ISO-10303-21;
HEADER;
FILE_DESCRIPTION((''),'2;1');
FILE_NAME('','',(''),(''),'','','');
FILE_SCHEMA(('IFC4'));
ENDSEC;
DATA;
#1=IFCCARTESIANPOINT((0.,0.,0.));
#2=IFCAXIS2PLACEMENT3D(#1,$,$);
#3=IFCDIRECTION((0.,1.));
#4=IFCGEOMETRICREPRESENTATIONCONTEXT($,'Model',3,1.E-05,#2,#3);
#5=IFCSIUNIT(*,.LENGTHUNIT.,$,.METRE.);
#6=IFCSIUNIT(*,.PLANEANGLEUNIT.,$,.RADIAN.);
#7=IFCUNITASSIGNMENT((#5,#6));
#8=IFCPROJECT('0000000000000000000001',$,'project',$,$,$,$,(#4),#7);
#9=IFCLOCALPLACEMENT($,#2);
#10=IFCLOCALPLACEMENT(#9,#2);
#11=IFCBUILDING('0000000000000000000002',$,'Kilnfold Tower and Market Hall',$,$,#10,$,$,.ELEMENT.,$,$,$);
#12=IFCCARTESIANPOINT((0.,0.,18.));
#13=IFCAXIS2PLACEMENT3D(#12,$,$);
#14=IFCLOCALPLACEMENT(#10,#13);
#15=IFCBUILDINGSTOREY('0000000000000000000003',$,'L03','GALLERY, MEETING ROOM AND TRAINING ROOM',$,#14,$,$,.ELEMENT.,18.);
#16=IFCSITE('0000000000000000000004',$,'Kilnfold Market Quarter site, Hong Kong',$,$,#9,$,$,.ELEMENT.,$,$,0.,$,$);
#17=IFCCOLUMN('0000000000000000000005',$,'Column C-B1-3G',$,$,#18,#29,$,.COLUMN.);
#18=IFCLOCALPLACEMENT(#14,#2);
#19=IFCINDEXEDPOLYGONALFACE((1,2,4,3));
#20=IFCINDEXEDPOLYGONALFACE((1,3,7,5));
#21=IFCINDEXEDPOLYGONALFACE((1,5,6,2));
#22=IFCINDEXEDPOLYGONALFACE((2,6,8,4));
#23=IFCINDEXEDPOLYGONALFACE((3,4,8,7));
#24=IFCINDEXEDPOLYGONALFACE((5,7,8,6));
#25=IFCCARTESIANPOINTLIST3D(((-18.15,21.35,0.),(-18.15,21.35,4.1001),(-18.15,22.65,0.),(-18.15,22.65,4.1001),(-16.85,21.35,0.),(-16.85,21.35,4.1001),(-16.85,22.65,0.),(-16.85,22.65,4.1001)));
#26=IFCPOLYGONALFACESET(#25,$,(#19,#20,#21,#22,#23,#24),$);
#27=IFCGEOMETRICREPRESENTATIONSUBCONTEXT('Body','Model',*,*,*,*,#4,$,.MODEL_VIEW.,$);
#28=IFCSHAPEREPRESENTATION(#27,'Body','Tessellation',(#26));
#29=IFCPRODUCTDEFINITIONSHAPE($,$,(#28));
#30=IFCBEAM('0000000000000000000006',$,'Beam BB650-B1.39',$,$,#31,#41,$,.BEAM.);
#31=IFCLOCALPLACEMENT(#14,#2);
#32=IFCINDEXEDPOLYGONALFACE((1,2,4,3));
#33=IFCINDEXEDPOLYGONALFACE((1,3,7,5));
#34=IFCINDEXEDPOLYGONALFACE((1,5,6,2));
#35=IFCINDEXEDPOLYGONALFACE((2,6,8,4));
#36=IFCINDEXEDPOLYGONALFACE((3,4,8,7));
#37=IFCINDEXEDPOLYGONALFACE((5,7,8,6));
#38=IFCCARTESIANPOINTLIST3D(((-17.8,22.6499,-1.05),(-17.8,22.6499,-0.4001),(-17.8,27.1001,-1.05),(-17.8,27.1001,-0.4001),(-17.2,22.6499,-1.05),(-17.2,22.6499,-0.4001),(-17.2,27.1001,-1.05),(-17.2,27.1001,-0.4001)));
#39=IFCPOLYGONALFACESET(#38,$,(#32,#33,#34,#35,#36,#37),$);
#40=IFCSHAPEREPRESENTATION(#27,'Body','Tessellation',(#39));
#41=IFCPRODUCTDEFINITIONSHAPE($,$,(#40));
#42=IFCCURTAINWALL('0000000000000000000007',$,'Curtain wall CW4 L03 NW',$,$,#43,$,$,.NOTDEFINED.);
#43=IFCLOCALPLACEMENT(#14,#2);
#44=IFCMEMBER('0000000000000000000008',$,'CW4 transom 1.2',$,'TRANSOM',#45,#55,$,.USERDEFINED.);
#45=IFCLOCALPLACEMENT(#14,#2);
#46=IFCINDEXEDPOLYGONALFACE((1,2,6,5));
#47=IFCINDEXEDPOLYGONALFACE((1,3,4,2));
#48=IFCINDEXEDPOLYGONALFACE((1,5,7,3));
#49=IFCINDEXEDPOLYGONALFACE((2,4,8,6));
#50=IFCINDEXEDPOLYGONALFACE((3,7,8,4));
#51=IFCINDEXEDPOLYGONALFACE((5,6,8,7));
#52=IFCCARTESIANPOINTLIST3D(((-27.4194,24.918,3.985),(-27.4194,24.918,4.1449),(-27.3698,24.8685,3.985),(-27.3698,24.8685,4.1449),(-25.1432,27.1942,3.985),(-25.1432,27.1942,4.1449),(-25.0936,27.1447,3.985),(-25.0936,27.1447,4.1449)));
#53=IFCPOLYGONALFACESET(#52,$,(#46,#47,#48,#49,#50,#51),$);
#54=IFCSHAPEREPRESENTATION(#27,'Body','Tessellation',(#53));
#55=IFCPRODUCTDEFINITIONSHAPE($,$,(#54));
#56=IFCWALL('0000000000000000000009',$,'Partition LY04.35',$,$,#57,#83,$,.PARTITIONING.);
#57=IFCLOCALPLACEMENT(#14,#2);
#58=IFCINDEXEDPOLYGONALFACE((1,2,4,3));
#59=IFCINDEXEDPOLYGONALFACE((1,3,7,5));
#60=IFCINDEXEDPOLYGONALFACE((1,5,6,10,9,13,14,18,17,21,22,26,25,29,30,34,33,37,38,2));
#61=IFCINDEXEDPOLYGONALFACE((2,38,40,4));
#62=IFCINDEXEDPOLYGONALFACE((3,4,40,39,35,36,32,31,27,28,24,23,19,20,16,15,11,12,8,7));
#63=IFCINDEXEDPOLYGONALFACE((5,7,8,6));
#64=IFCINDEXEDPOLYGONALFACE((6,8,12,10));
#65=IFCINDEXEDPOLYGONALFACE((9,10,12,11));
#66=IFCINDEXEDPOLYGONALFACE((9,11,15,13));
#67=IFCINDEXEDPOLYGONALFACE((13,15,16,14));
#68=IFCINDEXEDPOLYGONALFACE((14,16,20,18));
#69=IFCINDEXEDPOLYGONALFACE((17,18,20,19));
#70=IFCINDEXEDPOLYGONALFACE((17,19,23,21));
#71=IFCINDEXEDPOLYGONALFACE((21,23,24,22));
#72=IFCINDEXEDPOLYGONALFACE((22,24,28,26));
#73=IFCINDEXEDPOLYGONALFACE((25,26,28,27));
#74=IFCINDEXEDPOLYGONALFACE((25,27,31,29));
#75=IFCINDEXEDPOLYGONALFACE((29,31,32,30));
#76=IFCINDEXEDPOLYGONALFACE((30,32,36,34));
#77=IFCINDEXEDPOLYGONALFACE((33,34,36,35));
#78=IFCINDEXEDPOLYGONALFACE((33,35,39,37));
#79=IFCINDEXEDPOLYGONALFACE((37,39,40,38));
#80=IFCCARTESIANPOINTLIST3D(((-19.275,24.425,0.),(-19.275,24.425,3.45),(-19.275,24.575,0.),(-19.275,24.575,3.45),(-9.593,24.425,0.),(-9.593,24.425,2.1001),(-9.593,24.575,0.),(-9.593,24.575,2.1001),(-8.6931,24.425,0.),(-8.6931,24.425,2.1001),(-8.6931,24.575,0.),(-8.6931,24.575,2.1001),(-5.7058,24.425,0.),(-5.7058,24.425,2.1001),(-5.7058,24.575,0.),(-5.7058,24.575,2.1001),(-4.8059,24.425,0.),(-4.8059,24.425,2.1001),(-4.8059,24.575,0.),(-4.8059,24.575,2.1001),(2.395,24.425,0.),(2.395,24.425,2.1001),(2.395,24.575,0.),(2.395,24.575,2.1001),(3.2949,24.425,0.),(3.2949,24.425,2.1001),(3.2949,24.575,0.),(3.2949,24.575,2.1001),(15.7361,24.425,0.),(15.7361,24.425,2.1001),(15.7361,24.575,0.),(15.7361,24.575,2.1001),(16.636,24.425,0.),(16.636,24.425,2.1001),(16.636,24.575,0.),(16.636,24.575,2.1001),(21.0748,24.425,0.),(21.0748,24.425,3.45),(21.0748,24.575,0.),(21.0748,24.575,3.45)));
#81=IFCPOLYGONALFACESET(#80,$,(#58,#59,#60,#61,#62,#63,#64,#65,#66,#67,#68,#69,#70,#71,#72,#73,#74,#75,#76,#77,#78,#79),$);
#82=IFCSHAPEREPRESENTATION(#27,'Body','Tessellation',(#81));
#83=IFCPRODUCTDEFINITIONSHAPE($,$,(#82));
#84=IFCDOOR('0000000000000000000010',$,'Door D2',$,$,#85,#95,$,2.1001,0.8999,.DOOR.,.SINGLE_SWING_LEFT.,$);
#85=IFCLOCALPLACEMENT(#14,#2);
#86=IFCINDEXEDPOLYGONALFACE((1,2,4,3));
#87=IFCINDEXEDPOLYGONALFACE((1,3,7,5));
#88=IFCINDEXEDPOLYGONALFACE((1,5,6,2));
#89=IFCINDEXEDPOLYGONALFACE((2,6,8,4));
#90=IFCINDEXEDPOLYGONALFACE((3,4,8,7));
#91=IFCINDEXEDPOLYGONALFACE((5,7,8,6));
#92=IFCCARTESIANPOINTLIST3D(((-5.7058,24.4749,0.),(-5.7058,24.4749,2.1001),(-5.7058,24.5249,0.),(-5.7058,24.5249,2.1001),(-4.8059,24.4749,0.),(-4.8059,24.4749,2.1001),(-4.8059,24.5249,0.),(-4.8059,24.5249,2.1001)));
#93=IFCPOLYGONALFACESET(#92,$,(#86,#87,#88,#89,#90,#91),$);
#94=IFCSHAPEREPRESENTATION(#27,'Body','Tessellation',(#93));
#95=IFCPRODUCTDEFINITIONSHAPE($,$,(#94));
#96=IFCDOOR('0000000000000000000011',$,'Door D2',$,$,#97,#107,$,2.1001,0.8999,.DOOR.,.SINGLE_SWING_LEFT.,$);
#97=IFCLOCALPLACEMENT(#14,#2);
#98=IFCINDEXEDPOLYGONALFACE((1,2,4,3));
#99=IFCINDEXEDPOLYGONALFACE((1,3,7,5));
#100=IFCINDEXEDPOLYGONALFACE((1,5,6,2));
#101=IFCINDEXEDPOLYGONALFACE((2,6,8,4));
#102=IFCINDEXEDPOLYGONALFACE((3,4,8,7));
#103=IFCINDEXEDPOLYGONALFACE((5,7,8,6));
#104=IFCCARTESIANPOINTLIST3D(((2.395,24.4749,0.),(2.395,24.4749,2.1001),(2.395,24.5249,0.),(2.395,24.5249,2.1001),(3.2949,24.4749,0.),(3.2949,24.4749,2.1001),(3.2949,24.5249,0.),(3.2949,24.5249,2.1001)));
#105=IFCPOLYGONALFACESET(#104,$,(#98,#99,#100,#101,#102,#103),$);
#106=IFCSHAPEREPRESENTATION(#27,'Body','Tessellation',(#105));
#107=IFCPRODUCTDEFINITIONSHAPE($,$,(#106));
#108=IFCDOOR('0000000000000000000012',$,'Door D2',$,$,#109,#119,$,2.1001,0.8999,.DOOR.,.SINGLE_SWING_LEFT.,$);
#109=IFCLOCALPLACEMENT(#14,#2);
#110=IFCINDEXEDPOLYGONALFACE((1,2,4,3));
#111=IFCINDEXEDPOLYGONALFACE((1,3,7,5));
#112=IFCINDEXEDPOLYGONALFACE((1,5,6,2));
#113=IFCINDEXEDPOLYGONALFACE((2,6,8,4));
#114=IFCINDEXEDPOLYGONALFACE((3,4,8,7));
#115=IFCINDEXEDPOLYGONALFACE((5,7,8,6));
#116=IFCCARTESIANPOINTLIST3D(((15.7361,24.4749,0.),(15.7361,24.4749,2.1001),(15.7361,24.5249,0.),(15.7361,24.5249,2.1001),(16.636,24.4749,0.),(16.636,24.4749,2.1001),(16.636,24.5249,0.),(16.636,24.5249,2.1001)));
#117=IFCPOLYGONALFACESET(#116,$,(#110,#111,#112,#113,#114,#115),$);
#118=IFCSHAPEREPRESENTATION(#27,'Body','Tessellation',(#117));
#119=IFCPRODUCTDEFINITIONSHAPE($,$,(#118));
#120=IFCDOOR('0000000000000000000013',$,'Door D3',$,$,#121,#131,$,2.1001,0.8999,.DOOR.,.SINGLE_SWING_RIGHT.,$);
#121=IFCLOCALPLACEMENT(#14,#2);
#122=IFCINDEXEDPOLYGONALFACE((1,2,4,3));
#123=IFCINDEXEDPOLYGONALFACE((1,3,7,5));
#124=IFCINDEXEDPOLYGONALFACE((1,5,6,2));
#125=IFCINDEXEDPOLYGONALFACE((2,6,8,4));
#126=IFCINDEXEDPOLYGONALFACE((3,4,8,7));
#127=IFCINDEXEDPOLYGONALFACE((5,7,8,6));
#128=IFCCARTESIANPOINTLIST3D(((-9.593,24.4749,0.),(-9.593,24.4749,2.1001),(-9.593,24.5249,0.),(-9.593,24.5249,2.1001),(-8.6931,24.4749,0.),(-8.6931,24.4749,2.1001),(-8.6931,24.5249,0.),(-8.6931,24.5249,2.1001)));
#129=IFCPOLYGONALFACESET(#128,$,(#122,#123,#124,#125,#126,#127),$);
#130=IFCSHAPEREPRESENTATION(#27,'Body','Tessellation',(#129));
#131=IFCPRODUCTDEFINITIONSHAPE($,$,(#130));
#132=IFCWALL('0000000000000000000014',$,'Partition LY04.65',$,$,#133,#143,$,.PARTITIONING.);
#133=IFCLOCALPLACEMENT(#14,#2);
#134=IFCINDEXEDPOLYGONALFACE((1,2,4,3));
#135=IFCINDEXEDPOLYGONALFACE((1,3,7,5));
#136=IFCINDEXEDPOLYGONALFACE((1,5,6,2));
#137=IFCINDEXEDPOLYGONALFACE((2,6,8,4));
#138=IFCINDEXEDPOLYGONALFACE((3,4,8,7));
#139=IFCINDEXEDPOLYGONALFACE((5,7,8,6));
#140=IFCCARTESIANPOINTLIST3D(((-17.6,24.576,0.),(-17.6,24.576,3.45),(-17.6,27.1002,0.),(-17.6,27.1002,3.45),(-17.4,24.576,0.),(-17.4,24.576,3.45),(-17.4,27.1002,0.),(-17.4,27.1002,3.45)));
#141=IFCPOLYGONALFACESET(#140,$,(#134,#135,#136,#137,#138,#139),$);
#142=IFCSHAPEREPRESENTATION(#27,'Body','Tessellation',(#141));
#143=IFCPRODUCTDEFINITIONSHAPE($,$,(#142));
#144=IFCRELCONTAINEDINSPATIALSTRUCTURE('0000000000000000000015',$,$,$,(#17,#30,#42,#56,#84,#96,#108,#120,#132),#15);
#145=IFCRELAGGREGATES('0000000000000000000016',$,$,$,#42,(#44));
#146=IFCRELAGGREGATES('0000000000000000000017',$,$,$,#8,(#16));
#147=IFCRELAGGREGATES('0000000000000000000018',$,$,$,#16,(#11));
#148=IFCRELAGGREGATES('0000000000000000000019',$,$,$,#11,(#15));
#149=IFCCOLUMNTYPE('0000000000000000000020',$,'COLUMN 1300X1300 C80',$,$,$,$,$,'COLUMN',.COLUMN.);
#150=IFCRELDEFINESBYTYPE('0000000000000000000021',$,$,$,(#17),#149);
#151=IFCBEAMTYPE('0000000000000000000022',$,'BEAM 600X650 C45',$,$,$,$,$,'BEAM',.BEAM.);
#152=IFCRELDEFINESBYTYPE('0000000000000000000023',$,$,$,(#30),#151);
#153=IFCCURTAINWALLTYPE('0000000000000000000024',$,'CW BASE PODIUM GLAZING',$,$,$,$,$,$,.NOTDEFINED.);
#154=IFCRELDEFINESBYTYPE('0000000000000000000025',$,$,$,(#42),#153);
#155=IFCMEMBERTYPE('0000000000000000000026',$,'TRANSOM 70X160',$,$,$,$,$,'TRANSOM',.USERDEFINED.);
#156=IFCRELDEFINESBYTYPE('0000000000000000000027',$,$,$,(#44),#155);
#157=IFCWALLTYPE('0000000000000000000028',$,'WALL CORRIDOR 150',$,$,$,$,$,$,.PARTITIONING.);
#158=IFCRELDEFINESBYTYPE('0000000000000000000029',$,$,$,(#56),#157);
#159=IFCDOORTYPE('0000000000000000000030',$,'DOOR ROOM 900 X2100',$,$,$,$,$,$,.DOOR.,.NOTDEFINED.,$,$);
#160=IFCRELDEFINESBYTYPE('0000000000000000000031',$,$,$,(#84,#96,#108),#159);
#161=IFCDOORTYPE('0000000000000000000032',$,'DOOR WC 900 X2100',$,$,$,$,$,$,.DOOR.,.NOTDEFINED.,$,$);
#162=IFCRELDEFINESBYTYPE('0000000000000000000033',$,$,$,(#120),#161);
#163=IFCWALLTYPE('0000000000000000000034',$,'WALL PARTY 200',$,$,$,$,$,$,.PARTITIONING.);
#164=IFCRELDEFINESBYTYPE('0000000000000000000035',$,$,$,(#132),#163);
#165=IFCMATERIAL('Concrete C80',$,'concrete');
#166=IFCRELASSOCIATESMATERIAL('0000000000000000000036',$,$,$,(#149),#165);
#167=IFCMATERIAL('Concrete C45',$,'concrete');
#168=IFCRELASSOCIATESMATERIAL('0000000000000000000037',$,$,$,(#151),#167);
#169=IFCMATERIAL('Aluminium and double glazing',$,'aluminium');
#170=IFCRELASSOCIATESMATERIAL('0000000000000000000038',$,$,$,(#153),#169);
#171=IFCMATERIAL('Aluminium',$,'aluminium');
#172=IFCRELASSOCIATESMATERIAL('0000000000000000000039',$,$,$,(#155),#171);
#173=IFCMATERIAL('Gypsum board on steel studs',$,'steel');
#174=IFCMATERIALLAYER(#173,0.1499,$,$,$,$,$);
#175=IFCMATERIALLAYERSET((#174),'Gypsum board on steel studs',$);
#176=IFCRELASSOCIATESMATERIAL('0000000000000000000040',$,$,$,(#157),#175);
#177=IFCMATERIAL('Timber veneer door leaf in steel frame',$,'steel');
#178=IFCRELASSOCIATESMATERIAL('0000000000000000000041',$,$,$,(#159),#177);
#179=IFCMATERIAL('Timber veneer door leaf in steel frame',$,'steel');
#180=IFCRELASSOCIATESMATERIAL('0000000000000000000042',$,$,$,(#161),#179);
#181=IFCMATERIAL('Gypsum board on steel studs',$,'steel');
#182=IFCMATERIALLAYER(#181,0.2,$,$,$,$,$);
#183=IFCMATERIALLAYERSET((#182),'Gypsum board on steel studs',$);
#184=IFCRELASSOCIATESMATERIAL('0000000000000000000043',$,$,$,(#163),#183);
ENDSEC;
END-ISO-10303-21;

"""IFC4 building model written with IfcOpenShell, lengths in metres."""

from ifc_helpers import new_model, si_unit, direction, frame, frame_2d, origin, origin_2d, place, context, subcontext, project, spatial, rectangle, extrude, source, transform, mapped, material, layer, layer_set, material_profile, profile_set, type_object, element, fill, aggregate, save


model = new_model("IFC4")

# Units and contexts
model_context = context("Model", 3, precision=1e-05, world=origin(), true_north=direction((0.0, 1.0)))
body_context = subcontext(model_context, "Body", "Model", "MODEL_VIEW")
ifc_project = project(units=[si_unit("LENGTHUNIT", "METRE"), si_unit("PLANEANGLEUNIT", "RADIAN")], contexts=[model_context])

# Site, building, storey
site_placement = place(None, origin())
site = spatial("IfcSite", under=ifc_project, at=site_placement, Name="Kilnfold Market Quarter site, Hong Kong", CompositionType="ELEMENT", RefElevation=0.0)
building_placement = place(site_placement, origin())
building = spatial("IfcBuilding", under=site, at=building_placement, Name="Kilnfold Tower and Market Hall", CompositionType="ELEMENT")
storey_placement = place(building_placement, frame((0.0, 0.0, 18.0)))
storey = spatial("IfcBuildingStorey", under=building, at=storey_placement, Name="L03", Description="GALLERY, MEETING ROOM AND TRAINING ROOM", CompositionType="ELEMENT", Elevation=18.0)

# Column
ifc_material_1 = material(Name="Concrete C80", Category="concrete")
ifc_material_profile_1 = material_profile(ifc_material_1, rectangle(XDim=1.3, YDim=1.3, at=origin_2d()), Name="RC 1300x1300")
ifc_profile_set_1 = profile_set([ifc_material_profile_1], Name="Concrete C80")
column_type = type_object("IfcColumnType", Name="COLUMN 1300X1300 C80", ElementType="COLUMN", PredefinedType="COLUMN", material=ifc_profile_set_1)
shared_shape_1 = source(origin(), body_context, "Body", "SweptSolid", [
    extrude(rectangle(XDim=1.3, YDim=1.3, at=origin_2d()), origin(), (0.0, 0.0, 1.0), 4.1001),
])
column_placement = place(storey_placement, frame((-17.5, 22.0, 0.0), z_axis=(0.0, 0.0, 1.0), x_axis=(1.0, 0.0, 0.0)))
element("IfcColumn", 1, at=column_placement, inside=storey, type_object=column_type, Name="Column C-B1-3G", PredefinedType="COLUMN", context=body_context, shape_type="MappedRepresentation", body=[
    mapped(shared_shape_1, transform((0.0, 0.0, 0.0))),
])

# Beam
ifc_material_2 = material(Name="Concrete C45", Category="concrete")
ifc_material_profile_2 = material_profile(ifc_material_2, rectangle(XDim=0.6001, YDim=0.6499, at=origin_2d()), Name="RC 600x650")
ifc_profile_set_2 = profile_set([ifc_material_profile_2], Name="Concrete C45")
beam_type = type_object("IfcBeamType", Name="BEAM 600X650 C45", ElementType="BEAM", PredefinedType="BEAM", material=ifc_profile_set_2)
shared_shape_2 = source(origin(), body_context, "Body", "SweptSolid", [
    extrude(rectangle(XDim=0.6001, YDim=0.6499, at=origin_2d()), origin(), (0.0, 0.0, 1.0), 4.4502),
])
beam_placement = place(storey_placement, frame((-17.5, 22.6499, -0.7251), z_axis=(0.0, 1.0, 0.0), x_axis=(-1.0, 0.0, 0.0)))
element("IfcBeam", 2, at=beam_placement, inside=storey, type_object=beam_type, Name="Beam BB650-B1.39", PredefinedType="BEAM", context=body_context, shape_type="MappedRepresentation", body=[
    mapped(shared_shape_2, transform((0.0, 0.0, 0.0))),
])

# Curtain wall, member
ifc_material_3 = material(Name="Aluminium and double glazing", Category="aluminium")
curtain_wall_type = type_object("IfcCurtainWallType", Name="CW BASE PODIUM GLAZING", PredefinedType="NOTDEFINED", material=ifc_material_3)
curtain_wall_placement = place(storey_placement, origin())
curtain_wall = element("IfcCurtainWall", 3, at=curtain_wall_placement, inside=storey, type_object=curtain_wall_type, Name="Curtain wall CW4 L03 NW", PredefinedType="NOTDEFINED")
ifc_material_4 = material(Name="Aluminium", Category="aluminium")
ifc_material_profile_3 = material_profile(ifc_material_4, rectangle(XDim=0.0701, YDim=0.1599, at=origin_2d()), Name="TRANSOM 70x160")
ifc_profile_set_3 = profile_set([ifc_material_profile_3], Name="Aluminium")
member_type = type_object("IfcMemberType", Name="TRANSOM 70X160", ElementType="TRANSOM", PredefinedType="USERDEFINED", material=ifc_profile_set_3)
shared_shape_3 = source(origin(), body_context, "Body", "SweptSolid", [
    extrude(rectangle(XDim=0.0701, YDim=0.1599, at=origin_2d()), origin(), (0.0, 0.0, 1.0), 3.219),
])
member_placement = place(storey_placement, frame((-25.1184, 27.1694, 4.0649), z_axis=(-0.707107, -0.707107, 0.0), x_axis=(0.707107, -0.707107, 0.0)))
member = element("IfcMember", 4, at=member_placement, type_object=member_type, Name="CW4 transom 1.2", ObjectType="TRANSOM", PredefinedType="USERDEFINED", context=body_context, shape_type="MappedRepresentation", body=[
    mapped(shared_shape_3, transform((0.0, 0.0, 0.0))),
])
aggregate(curtain_wall, [member])

# Wall, openings, doors
ifc_material_5 = material(Name="Gypsum board on steel studs", Category="steel")
ifc_layer_1 = layer(ifc_material_5, 0.1499)
ifc_layer_set_1 = layer_set([ifc_layer_1], Name="Gypsum board on steel studs")
wall_type_1 = type_object("IfcWallType", Name="WALL CORRIDOR 150", PredefinedType="PARTITIONING", material=ifc_layer_set_1)
wall_1_placement = place(storey_placement, frame((-19.2749, 24.5, 0.0), z_axis=(0.0, 0.0, 1.0), x_axis=(1.0, 0.0, 0.0)))
wall_1 = element("IfcWall", 5, at=wall_1_placement, inside=storey, type_object=wall_type_1, Name="Partition LY04.35", PredefinedType="PARTITIONING", context=body_context, shape_type="SweptSolid", body=[
    extrude(rectangle(XDim=40.3499, YDim=0.1499, at=frame_2d((20.1748, 0.0))), origin(), (0.0, 0.0, 1.0), 3.45),
])
opening_1_placement = place(wall_1_placement, frame((9.6819, 0.0, 0.0)))
opening_1 = element("IfcOpeningElement", 6, at=opening_1_placement, cuts=wall_1, PredefinedType="OPENING", context=body_context, shape_type="SweptSolid", body=[
    extrude(rectangle(XDim=0.8999, YDim=2.1001, at=frame_2d((0.45, 1.05))), frame((0.0, 0.085, 0.0), z_axis=(0.0, -1.0, 0.0), x_axis=(1.0, 0.0, 0.0)), (0.0, 0.0, 1.0), 0.1699),
])
opening_2_placement = place(wall_1_placement, frame((13.5691, 0.0, 0.0)))
opening_2 = element("IfcOpeningElement", 7, at=opening_2_placement, cuts=wall_1, PredefinedType="OPENING", context=body_context, shape_type="SweptSolid", body=[
    extrude(rectangle(XDim=0.8999, YDim=2.1001, at=frame_2d((0.45, 1.05))), frame((0.0, 0.085, 0.0), z_axis=(0.0, -1.0, 0.0), x_axis=(1.0, 0.0, 0.0)), (0.0, 0.0, 1.0), 0.1699),
])
opening_3_placement = place(wall_1_placement, frame((21.6699, 0.0, 0.0)))
opening_3 = element("IfcOpeningElement", 8, at=opening_3_placement, cuts=wall_1, PredefinedType="OPENING", context=body_context, shape_type="SweptSolid", body=[
    extrude(rectangle(XDim=0.8999, YDim=2.1001, at=frame_2d((0.45, 1.05))), frame((0.0, 0.085, 0.0), z_axis=(0.0, -1.0, 0.0), x_axis=(1.0, 0.0, 0.0)), (0.0, 0.0, 1.0), 0.1699),
])
opening_4_placement = place(wall_1_placement, frame((35.011, 0.0, 0.0)))
opening_4 = element("IfcOpeningElement", 9, at=opening_4_placement, cuts=wall_1, PredefinedType="OPENING", context=body_context, shape_type="SweptSolid", body=[
    extrude(rectangle(XDim=0.8999, YDim=2.1001, at=frame_2d((0.45, 1.05))), frame((0.0, 0.085, 0.0), z_axis=(0.0, -1.0, 0.0), x_axis=(1.0, 0.0, 0.0)), (0.0, 0.0, 1.0), 0.1699),
])
ifc_material_6 = material(Name="Timber veneer door leaf in steel frame", Category="steel")
door_type_1 = type_object("IfcDoorType", Name="DOOR ROOM 900 X2100", OperationType="NOTDEFINED", PredefinedType="DOOR", material=ifc_material_6)
door_1_placement = place(opening_2_placement, origin())
door_1 = element("IfcDoor", 10, at=door_1_placement, inside=storey, type_object=door_type_1, Name="Door D2", OperationType="SINGLE_SWING_LEFT", OverallHeight=2.1001, OverallWidth=0.8999, PredefinedType="DOOR", context=body_context, shape_type="SweptSolid", body=[
    extrude(rectangle(XDim=0.8999, YDim=2.1001, at=frame_2d((0.45, 1.05))), frame((0.0, 0.0249, 0.0), z_axis=(0.0, -1.0, 0.0), x_axis=(1.0, 0.0, 0.0)), (0.0, 0.0, 1.0), 0.05),
])
fill(opening_2, door_1)
door_2_placement = place(opening_3_placement, origin())
door_2 = element("IfcDoor", 11, at=door_2_placement, inside=storey, type_object=door_type_1, Name="Door D2", OperationType="SINGLE_SWING_LEFT", OverallHeight=2.1001, OverallWidth=0.8999, PredefinedType="DOOR", context=body_context, shape_type="SweptSolid", body=[
    extrude(rectangle(XDim=0.8999, YDim=2.1001, at=frame_2d((0.45, 1.05))), frame((0.0, 0.0249, 0.0), z_axis=(0.0, -1.0, 0.0), x_axis=(1.0, 0.0, 0.0)), (0.0, 0.0, 1.0), 0.05),
])
fill(opening_3, door_2)
door_3_placement = place(opening_4_placement, origin())
door_3 = element("IfcDoor", 12, at=door_3_placement, inside=storey, type_object=door_type_1, Name="Door D2", OperationType="SINGLE_SWING_LEFT", OverallHeight=2.1001, OverallWidth=0.8999, PredefinedType="DOOR", context=body_context, shape_type="SweptSolid", body=[
    extrude(rectangle(XDim=0.8999, YDim=2.1001, at=frame_2d((0.45, 1.05))), frame((0.0, 0.0249, 0.0), z_axis=(0.0, -1.0, 0.0), x_axis=(1.0, 0.0, 0.0)), (0.0, 0.0, 1.0), 0.05),
])
fill(opening_4, door_3)
ifc_material_7 = material(Name="Timber veneer door leaf in steel frame", Category="steel")
door_type_2 = type_object("IfcDoorType", Name="DOOR WC 900 X2100", OperationType="NOTDEFINED", PredefinedType="DOOR", material=ifc_material_7)
door_4_placement = place(opening_1_placement, origin())
door_4 = element("IfcDoor", 13, at=door_4_placement, inside=storey, type_object=door_type_2, Name="Door D3", OperationType="SINGLE_SWING_RIGHT", OverallHeight=2.1001, OverallWidth=0.8999, PredefinedType="DOOR", context=body_context, shape_type="SweptSolid", body=[
    extrude(rectangle(XDim=0.8999, YDim=2.1001, at=frame_2d((0.45, 1.05))), frame((0.0, 0.0249, 0.0), z_axis=(0.0, -1.0, 0.0), x_axis=(1.0, 0.0, 0.0)), (0.0, 0.0, 1.0), 0.05),
])
fill(opening_1, door_4)

# Wall
ifc_material_8 = material(Name="Gypsum board on steel studs", Category="steel")
ifc_layer_2 = layer(ifc_material_8, 0.2)
ifc_layer_set_2 = layer_set([ifc_layer_2], Name="Gypsum board on steel studs")
wall_type_2 = type_object("IfcWallType", Name="WALL PARTY 200", PredefinedType="PARTITIONING", material=ifc_layer_set_2)
wall_2_placement = place(storey_placement, frame((-17.5, 24.5759, 0.0), z_axis=(0.0, 0.0, 1.0), x_axis=(0.0, 1.0, 0.0)))
element("IfcWall", 14, at=wall_2_placement, inside=storey, type_object=wall_type_2, Name="Partition LY04.65", PredefinedType="PARTITIONING", context=body_context, shape_type="SweptSolid", body=[
    extrude(rectangle(XDim=2.5242, YDim=0.2, at=frame_2d((1.2622, 0.0))), origin(), (0.0, 0.0, 1.0), 3.45),
])

save(model, "model.ifc")
